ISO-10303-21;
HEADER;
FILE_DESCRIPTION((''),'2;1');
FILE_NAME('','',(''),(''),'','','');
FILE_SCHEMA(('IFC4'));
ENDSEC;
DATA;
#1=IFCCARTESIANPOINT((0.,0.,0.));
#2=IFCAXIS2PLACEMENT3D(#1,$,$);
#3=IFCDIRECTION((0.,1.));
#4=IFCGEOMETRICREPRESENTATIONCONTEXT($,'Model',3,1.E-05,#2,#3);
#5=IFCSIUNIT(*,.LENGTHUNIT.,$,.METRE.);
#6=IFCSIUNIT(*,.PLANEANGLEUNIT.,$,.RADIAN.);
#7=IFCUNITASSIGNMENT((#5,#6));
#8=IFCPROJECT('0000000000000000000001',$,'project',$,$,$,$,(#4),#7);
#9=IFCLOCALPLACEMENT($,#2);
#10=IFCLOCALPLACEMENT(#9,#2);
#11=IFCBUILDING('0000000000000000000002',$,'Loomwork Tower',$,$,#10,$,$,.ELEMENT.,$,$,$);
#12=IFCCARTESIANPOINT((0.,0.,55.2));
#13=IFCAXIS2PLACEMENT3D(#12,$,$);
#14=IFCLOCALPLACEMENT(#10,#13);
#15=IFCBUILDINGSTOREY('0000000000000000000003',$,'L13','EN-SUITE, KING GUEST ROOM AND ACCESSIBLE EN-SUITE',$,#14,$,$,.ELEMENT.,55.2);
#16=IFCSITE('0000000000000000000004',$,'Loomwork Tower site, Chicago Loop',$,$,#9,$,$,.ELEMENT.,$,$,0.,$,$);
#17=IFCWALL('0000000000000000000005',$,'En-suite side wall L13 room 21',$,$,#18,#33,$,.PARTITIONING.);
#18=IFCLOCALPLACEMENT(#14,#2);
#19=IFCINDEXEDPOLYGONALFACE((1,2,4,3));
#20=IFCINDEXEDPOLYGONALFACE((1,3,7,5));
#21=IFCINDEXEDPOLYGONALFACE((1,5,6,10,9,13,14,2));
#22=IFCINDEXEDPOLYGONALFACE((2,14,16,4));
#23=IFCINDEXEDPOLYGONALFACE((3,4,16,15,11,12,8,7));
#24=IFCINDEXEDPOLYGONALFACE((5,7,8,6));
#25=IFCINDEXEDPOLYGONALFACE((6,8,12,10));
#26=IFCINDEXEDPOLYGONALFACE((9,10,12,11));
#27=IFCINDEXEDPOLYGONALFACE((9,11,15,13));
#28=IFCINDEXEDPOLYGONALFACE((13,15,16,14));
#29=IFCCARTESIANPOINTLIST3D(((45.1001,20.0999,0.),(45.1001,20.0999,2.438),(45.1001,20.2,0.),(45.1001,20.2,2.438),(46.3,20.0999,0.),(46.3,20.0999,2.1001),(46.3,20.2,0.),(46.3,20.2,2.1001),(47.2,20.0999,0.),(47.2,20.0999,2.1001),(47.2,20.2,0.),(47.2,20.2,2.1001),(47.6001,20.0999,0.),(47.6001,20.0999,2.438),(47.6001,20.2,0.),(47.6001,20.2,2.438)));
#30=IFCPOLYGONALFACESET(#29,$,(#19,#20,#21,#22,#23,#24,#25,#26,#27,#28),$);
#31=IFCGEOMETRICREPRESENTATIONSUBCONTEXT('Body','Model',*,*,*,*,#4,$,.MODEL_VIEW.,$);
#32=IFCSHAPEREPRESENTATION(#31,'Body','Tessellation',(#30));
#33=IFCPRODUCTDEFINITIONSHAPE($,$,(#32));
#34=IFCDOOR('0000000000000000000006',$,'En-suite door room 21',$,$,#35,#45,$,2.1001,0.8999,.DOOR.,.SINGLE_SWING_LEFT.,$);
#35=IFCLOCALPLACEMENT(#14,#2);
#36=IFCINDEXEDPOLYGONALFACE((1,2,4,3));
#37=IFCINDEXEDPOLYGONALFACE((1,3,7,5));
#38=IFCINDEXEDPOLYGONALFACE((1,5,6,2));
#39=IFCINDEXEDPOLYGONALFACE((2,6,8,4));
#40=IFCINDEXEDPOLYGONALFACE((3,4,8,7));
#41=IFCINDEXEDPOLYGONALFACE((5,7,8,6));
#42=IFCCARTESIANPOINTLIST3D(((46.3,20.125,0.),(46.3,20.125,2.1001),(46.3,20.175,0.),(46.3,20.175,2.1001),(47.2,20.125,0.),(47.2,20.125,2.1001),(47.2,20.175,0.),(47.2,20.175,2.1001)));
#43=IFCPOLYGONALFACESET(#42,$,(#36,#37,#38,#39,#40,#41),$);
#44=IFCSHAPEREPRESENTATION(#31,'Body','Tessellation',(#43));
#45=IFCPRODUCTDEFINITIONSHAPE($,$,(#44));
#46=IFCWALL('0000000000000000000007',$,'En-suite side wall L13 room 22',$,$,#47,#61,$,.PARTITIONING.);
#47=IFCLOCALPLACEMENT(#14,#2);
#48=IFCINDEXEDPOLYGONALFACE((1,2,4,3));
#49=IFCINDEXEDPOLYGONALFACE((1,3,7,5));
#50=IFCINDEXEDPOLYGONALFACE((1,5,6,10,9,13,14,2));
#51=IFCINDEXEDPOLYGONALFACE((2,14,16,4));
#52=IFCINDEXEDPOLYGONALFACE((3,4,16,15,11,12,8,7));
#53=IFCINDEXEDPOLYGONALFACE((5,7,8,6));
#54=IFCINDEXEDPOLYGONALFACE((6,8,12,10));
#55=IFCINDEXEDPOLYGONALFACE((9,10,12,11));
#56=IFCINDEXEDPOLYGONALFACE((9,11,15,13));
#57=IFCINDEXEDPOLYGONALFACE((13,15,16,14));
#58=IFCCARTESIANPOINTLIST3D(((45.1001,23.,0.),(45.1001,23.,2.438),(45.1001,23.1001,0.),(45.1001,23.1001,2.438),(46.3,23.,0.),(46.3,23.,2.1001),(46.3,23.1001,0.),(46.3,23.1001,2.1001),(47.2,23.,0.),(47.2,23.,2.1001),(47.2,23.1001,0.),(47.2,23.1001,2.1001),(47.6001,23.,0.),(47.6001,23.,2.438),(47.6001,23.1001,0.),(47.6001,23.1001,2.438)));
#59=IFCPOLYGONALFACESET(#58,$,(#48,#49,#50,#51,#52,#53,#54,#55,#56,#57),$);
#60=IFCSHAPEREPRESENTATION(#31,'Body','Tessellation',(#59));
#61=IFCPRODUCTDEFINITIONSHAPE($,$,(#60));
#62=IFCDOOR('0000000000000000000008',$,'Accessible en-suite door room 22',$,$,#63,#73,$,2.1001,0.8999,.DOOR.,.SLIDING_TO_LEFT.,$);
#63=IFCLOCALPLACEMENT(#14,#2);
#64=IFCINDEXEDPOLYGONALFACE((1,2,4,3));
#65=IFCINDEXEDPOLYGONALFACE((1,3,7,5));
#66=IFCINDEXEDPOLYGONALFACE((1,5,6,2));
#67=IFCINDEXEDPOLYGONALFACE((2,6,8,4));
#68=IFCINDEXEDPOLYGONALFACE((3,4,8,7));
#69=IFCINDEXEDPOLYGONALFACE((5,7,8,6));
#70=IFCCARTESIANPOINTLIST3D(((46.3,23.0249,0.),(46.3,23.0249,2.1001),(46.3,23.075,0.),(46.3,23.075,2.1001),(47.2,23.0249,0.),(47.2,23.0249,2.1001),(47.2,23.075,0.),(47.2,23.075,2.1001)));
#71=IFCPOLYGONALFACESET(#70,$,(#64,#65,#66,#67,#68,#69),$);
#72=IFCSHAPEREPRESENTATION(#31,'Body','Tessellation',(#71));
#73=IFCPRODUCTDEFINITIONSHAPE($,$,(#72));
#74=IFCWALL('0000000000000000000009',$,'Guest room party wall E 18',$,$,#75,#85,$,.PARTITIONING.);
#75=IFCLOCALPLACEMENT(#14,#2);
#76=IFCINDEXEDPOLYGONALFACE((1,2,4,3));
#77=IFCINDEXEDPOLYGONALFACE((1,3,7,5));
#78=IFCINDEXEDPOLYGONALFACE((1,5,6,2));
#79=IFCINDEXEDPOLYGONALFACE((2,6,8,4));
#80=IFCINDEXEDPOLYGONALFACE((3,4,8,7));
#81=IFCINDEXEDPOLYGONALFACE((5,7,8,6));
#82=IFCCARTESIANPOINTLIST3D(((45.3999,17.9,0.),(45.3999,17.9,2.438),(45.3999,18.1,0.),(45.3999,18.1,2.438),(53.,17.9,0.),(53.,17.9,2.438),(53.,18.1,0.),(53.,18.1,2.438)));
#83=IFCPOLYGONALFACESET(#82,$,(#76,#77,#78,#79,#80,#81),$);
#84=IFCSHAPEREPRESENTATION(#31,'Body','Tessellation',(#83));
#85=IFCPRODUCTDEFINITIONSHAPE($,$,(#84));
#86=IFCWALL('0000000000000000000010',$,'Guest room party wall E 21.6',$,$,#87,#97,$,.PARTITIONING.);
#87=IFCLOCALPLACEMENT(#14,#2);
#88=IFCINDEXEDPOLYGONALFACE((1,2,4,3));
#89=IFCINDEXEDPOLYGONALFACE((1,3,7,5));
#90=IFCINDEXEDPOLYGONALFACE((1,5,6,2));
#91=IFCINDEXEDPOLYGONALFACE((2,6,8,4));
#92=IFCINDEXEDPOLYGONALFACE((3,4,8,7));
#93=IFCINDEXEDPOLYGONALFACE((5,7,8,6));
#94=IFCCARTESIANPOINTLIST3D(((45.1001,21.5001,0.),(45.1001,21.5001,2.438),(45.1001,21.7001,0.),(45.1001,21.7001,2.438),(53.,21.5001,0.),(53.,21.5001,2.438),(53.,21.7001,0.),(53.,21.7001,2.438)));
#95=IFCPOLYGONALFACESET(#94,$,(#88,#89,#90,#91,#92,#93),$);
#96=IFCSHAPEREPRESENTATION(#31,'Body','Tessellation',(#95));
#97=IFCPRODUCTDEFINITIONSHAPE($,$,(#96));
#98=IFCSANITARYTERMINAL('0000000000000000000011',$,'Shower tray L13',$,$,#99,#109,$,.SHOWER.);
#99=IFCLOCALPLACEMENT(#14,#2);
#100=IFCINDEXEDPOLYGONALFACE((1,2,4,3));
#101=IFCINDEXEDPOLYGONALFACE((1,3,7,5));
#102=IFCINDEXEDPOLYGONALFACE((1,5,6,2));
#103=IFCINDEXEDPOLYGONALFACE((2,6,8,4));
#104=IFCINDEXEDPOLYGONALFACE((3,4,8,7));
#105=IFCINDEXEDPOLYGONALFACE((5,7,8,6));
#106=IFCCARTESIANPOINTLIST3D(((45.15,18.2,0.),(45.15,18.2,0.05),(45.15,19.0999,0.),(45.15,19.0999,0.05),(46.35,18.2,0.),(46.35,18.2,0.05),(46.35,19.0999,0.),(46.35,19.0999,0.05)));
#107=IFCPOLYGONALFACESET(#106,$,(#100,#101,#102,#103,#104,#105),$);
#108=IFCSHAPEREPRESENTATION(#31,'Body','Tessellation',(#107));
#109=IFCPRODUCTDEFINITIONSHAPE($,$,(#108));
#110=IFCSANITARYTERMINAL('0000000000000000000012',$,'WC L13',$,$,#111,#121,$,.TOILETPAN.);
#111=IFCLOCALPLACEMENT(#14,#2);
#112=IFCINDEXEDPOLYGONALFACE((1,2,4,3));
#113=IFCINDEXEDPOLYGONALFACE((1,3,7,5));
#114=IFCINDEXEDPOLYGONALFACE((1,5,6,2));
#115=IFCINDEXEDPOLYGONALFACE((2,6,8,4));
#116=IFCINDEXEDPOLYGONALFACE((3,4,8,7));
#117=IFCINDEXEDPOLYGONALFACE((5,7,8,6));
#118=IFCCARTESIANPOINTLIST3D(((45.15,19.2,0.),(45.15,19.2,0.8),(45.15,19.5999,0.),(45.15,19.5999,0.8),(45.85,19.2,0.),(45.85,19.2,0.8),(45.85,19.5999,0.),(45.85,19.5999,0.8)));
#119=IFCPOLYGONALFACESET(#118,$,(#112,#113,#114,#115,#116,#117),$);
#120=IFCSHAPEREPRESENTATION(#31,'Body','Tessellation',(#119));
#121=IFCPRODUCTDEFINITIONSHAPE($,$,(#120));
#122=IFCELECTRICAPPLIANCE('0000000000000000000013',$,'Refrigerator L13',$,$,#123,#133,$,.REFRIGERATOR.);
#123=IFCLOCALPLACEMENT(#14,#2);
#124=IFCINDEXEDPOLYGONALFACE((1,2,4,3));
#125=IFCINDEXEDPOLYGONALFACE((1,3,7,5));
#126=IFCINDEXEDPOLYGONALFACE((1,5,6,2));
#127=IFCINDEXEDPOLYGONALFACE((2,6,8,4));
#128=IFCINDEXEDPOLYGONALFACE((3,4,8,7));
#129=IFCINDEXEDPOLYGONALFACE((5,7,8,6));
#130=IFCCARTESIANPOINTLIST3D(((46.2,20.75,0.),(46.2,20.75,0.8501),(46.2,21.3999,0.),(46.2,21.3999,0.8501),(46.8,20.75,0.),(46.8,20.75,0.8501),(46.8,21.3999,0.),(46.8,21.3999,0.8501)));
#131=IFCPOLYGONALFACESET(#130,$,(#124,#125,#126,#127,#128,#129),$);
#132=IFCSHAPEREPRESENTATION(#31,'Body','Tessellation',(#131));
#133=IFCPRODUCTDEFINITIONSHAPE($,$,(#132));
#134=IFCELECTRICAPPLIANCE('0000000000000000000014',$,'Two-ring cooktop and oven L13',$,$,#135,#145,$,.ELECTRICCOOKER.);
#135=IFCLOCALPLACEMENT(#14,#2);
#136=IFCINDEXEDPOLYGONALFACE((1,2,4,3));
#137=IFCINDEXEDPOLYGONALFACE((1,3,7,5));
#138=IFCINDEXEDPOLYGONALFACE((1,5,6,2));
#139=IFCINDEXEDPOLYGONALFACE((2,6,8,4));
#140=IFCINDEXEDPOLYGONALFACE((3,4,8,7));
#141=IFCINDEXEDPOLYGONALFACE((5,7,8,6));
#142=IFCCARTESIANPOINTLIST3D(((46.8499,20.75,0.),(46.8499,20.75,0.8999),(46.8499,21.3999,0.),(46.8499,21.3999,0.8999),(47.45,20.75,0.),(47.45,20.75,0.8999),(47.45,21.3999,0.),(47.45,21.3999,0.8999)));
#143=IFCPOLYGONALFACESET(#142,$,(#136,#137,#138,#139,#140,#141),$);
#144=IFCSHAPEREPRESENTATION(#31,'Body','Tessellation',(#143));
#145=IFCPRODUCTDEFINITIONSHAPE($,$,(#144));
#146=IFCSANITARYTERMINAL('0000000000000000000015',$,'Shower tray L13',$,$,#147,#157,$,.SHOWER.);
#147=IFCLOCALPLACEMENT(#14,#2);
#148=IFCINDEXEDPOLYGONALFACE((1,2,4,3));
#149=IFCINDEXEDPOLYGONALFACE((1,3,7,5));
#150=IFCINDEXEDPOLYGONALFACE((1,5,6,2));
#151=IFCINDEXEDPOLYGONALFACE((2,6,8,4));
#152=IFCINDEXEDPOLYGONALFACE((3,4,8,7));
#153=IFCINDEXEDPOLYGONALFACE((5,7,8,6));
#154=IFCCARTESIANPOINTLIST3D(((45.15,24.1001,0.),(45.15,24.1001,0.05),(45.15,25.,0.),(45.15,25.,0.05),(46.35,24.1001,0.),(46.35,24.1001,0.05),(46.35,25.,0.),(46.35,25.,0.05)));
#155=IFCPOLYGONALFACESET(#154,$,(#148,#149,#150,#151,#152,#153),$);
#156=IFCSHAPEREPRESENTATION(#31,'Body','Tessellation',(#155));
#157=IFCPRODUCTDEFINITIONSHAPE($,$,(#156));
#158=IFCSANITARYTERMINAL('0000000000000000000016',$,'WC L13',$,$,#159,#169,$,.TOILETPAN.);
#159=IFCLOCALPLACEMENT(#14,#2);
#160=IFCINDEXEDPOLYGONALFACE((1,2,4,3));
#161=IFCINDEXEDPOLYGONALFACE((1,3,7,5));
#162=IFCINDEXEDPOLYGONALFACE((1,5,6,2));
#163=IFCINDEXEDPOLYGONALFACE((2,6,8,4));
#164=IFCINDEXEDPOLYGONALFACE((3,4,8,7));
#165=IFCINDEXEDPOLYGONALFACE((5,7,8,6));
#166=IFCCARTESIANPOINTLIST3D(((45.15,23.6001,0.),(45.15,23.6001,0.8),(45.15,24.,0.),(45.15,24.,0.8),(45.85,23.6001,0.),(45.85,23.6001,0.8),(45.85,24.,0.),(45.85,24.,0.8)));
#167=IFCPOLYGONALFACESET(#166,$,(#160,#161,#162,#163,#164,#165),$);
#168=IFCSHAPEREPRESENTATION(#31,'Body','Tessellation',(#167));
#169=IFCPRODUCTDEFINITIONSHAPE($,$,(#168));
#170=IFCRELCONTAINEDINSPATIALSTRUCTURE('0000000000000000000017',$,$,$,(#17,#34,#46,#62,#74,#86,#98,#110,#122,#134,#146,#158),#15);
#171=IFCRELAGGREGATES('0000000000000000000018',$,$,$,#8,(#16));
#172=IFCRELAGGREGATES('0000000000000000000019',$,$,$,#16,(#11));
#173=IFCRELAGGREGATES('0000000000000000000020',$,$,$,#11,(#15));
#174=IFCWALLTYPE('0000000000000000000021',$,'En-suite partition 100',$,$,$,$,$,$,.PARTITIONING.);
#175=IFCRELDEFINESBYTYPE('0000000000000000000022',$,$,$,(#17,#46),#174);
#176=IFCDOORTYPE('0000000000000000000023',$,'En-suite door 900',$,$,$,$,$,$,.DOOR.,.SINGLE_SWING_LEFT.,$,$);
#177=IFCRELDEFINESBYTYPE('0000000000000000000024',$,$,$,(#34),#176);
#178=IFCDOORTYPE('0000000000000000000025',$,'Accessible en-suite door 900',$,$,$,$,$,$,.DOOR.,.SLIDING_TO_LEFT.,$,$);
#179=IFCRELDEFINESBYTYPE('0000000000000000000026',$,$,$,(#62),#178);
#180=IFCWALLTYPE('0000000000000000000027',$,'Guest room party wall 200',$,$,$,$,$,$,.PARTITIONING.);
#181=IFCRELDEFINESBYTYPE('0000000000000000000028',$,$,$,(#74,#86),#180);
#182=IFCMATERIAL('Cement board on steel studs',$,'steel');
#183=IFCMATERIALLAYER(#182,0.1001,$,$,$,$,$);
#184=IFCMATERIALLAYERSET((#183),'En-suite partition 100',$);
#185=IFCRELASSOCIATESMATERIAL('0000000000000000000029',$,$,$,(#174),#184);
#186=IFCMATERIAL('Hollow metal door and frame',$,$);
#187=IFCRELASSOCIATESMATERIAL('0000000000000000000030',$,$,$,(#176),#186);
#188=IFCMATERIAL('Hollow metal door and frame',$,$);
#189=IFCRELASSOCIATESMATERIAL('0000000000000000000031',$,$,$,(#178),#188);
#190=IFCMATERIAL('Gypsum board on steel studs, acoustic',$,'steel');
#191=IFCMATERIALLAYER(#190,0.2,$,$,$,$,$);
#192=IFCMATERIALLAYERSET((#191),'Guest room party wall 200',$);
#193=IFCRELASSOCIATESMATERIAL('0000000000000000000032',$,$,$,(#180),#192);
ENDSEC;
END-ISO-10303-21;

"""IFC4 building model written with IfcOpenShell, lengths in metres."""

from ifc_helpers import new_model, si_unit, direction, frame, frame_2d, origin, origin_2d, place, context, subcontext, project, spatial, rectangle, extrude, material, layer, layer_set, type_object, element, fill, save


model = new_model("IFC4")

# Units and contexts
model_context = context("Model", 3, precision=1e-05, world=origin(), true_north=direction((0.0, 1.0)))
body_context = subcontext(model_context, "Body", "Model", "MODEL_VIEW")
ifc_project = project(units=[si_unit("LENGTHUNIT", "METRE"), si_unit("PLANEANGLEUNIT", "RADIAN")], contexts=[model_context])

# Site, building, storey
site_placement = place(None, origin())
site = spatial("IfcSite", under=ifc_project, at=site_placement, Name="Loomwork Tower site, Chicago Loop", CompositionType="ELEMENT", RefElevation=0.0)
building_placement = place(site_placement, origin())
building = spatial("IfcBuilding", under=site, at=building_placement, Name="Loomwork Tower", CompositionType="ELEMENT")
storey_placement = place(building_placement, frame((0.0, 0.0, 55.2)))
storey = spatial("IfcBuildingStorey", under=building, at=storey_placement, Name="L13", Description="EN-SUITE, KING GUEST ROOM AND ACCESSIBLE EN-SUITE", CompositionType="ELEMENT", Elevation=55.2)

# Shared definitions
ifc_material_1 = material(Name="Cement board on steel studs", Category="steel")
ifc_layer_1 = layer(ifc_material_1, 0.1001)
ifc_layer_set_1 = layer_set([ifc_layer_1], Name="En-suite partition 100")
wall_type_1 = type_object("IfcWallType", Name="En-suite partition 100", PredefinedType="PARTITIONING", material=ifc_layer_set_1)

# Walls, openings, doors
wall_1_placement = place(storey_placement, frame((45.1001, 20.1499, 0.0), z_axis=(0.0, 0.0, 1.0), x_axis=(1.0, 0.0, 0.0)))
wall_1 = element("IfcWall", 1, at=wall_1_placement, inside=storey, type_object=wall_type_1, Name="En-suite side wall L13 room 21", PredefinedType="PARTITIONING", context=body_context, shape_type="SweptSolid", body=[
    extrude(rectangle(XDim=2.5, YDim=0.1001, at=frame_2d((1.25, 0.0))), origin(), (0.0, 0.0, 1.0), 2.438),
])
opening_1_placement = place(wall_1_placement, frame((1.2, 0.0, 0.0)))
opening_1 = element("IfcOpeningElement", 2, at=opening_1_placement, cuts=wall_1, PredefinedType="OPENING", context=body_context, shape_type="SweptSolid", body=[
    extrude(rectangle(XDim=0.8999, YDim=2.1001, at=frame_2d((0.45, 1.05))), frame((0.0, 0.0601, 0.0), z_axis=(0.0, -1.0, 0.0), x_axis=(1.0, 0.0, 0.0)), (0.0, 0.0, 1.0), 0.1201),
])
ifc_material_2 = material(Name="Hollow metal door and frame")
door_type_1 = type_object("IfcDoorType", Name="En-suite door 900", OperationType="SINGLE_SWING_LEFT", PredefinedType="DOOR", material=ifc_material_2)
door_1_placement = place(opening_1_placement, frame((0.8999, 0.0, 0.0), z_axis=(0.0, 0.0, 1.0), x_axis=(-1.0, 0.0, 0.0)))
door_1 = element("IfcDoor", 3, at=door_1_placement, inside=storey, type_object=door_type_1, Name="En-suite door room 21", OperationType="SINGLE_SWING_LEFT", OverallHeight=2.1001, OverallWidth=0.8999, PredefinedType="DOOR", context=body_context, shape_type="SweptSolid", body=[
    extrude(rectangle(XDim=0.8999, YDim=2.1001, at=frame_2d((0.45, 1.05))), frame((0.0, 0.0249, 0.0), z_axis=(0.0, -1.0, 0.0), x_axis=(1.0, 0.0, 0.0)), (0.0, 0.0, 1.0), 0.05),
])
fill(opening_1, door_1)
wall_2_placement = place(storey_placement, frame((45.1001, 23.05, 0.0), z_axis=(0.0, 0.0, 1.0), x_axis=(1.0, 0.0, 0.0)))
wall_2 = element("IfcWall", 4, at=wall_2_placement, inside=storey, type_object=wall_type_1, Name="En-suite side wall L13 room 22", PredefinedType="PARTITIONING", context=body_context, shape_type="SweptSolid", body=[
    extrude(rectangle(XDim=2.5, YDim=0.1001, at=frame_2d((1.25, 0.0))), origin(), (0.0, 0.0, 1.0), 2.438),
])
opening_2_placement = place(wall_2_placement, frame((1.2, 0.0, 0.0)))
opening_2 = element("IfcOpeningElement", 5, at=opening_2_placement, cuts=wall_2, PredefinedType="OPENING", context=body_context, shape_type="SweptSolid", body=[
    extrude(rectangle(XDim=0.8999, YDim=2.1001, at=frame_2d((0.45, 1.05))), frame((0.0, 0.0601, 0.0), z_axis=(0.0, -1.0, 0.0), x_axis=(1.0, 0.0, 0.0)), (0.0, 0.0, 1.0), 0.1201),
])
ifc_material_3 = material(Name="Hollow metal door and frame")
door_type_2 = type_object("IfcDoorType", Name="Accessible en-suite door 900", OperationType="SLIDING_TO_LEFT", PredefinedType="DOOR", material=ifc_material_3)
door_2_placement = place(opening_2_placement, origin())
door_2 = element("IfcDoor", 6, at=door_2_placement, inside=storey, type_object=door_type_2, Name="Accessible en-suite door room 22", OperationType="SLIDING_TO_LEFT", OverallHeight=2.1001, OverallWidth=0.8999, PredefinedType="DOOR", context=body_context, shape_type="SweptSolid", body=[
    extrude(rectangle(XDim=0.8999, YDim=2.1001, at=frame_2d((0.45, 1.05))), frame((0.0, 0.0249, 0.0), z_axis=(0.0, -1.0, 0.0), x_axis=(1.0, 0.0, 0.0)), (0.0, 0.0, 1.0), 0.05),
])
fill(opening_2, door_2)

# Walls
ifc_material_4 = material(Name="Gypsum board on steel studs, acoustic", Category="steel")
ifc_layer_2 = layer(ifc_material_4, 0.2)
ifc_layer_set_2 = layer_set([ifc_layer_2], Name="Guest room party wall 200")
wall_type_2 = type_object("IfcWallType", Name="Guest room party wall 200", PredefinedType="PARTITIONING", material=ifc_layer_set_2)
wall_3_placement = place(storey_placement, frame((45.3999, 18.0, 0.0), z_axis=(0.0, 0.0, 1.0), x_axis=(1.0, 0.0, 0.0)))
element("IfcWall", 7, at=wall_3_placement, inside=storey, type_object=wall_type_2, Name="Guest room party wall E 18", PredefinedType="PARTITIONING", context=body_context, shape_type="SweptSolid", body=[
    extrude(rectangle(XDim=7.6001, YDim=0.2, at=frame_2d((3.8, 0.0))), origin(), (0.0, 0.0, 1.0), 2.438),
])
wall_4_placement = place(storey_placement, frame((45.1001, 21.6001, 0.0), z_axis=(0.0, 0.0, 1.0), x_axis=(1.0, 0.0, 0.0)))
element("IfcWall", 8, at=wall_4_placement, inside=storey, type_object=wall_type_2, Name="Guest room party wall E 21.6", PredefinedType="PARTITIONING", context=body_context, shape_type="SweptSolid", body=[
    extrude(rectangle(XDim=7.8999, YDim=0.2, at=frame_2d((3.95, 0.0))), origin(), (0.0, 0.0, 1.0), 2.438),
])

# Sanitary terminals
sanitary_terminal_1_placement = place(storey_placement, frame((45.75, 18.6499, 0.0), z_axis=(0.0, 0.0, 1.0), x_axis=(1.0, 0.0, 0.0)))
element("IfcSanitaryTerminal", 9, at=sanitary_terminal_1_placement, inside=storey, Name="Shower tray L13", PredefinedType="SHOWER", context=body_context, shape_type="SweptSolid", body=[
    extrude(rectangle(XDim=1.2, YDim=0.8999, at=origin_2d()), origin(), (0.0, 0.0, 1.0), 0.05),
])
sanitary_terminal_2_placement = place(storey_placement, frame((45.5, 19.3999, 0.0), z_axis=(0.0, 0.0, 1.0), x_axis=(1.0, 0.0, 0.0)))
element("IfcSanitaryTerminal", 10, at=sanitary_terminal_2_placement, inside=storey, Name="WC L13", PredefinedType="TOILETPAN", context=body_context, shape_type="SweptSolid", body=[
    extrude(rectangle(XDim=0.7, YDim=0.3999, at=origin_2d()), origin(), (0.0, 0.0, 1.0), 0.8),
])

# Electric appliances
electric_appliance_1_placement = place(storey_placement, frame((46.5, 21.075, 0.0), z_axis=(0.0, 0.0, 1.0), x_axis=(1.0, 0.0, 0.0)))
element("IfcElectricAppliance", 11, at=electric_appliance_1_placement, inside=storey, Name="Refrigerator L13", PredefinedType="REFRIGERATOR", context=body_context, shape_type="SweptSolid", body=[
    extrude(rectangle(XDim=0.6001, YDim=0.6499, at=origin_2d()), origin(), (0.0, 0.0, 1.0), 0.8501),
])
electric_appliance_2_placement = place(storey_placement, frame((47.1499, 21.075, 0.0), z_axis=(0.0, 0.0, 1.0), x_axis=(1.0, 0.0, 0.0)))
element("IfcElectricAppliance", 12, at=electric_appliance_2_placement, inside=storey, Name="Two-ring cooktop and oven L13", PredefinedType="ELECTRICCOOKER", context=body_context, shape_type="SweptSolid", body=[
    extrude(rectangle(XDim=0.6001, YDim=0.6499, at=origin_2d()), origin(), (0.0, 0.0, 1.0), 0.8999),
])

# Sanitary terminals
sanitary_terminal_3_placement = place(storey_placement, frame((45.75, 24.55, 0.0), z_axis=(0.0, 0.0, 1.0), x_axis=(1.0, 0.0, 0.0)))
element("IfcSanitaryTerminal", 13, at=sanitary_terminal_3_placement, inside=storey, Name="Shower tray L13", PredefinedType="SHOWER", context=body_context, shape_type="SweptSolid", body=[
    extrude(rectangle(XDim=1.2, YDim=0.8999, at=origin_2d()), origin(), (0.0, 0.0, 1.0), 0.05),
])
sanitary_terminal_4_placement = place(storey_placement, frame((45.5, 23.8, 0.0), z_axis=(0.0, 0.0, 1.0), x_axis=(1.0, 0.0, 0.0)))
element("IfcSanitaryTerminal", 14, at=sanitary_terminal_4_placement, inside=storey, Name="WC L13", PredefinedType="TOILETPAN", context=body_context, shape_type="SweptSolid", body=[
    extrude(rectangle(XDim=0.7, YDim=0.3999, at=origin_2d()), origin(), (0.0, 0.0, 1.0), 0.8),
])

save(model, "model.ifc")
